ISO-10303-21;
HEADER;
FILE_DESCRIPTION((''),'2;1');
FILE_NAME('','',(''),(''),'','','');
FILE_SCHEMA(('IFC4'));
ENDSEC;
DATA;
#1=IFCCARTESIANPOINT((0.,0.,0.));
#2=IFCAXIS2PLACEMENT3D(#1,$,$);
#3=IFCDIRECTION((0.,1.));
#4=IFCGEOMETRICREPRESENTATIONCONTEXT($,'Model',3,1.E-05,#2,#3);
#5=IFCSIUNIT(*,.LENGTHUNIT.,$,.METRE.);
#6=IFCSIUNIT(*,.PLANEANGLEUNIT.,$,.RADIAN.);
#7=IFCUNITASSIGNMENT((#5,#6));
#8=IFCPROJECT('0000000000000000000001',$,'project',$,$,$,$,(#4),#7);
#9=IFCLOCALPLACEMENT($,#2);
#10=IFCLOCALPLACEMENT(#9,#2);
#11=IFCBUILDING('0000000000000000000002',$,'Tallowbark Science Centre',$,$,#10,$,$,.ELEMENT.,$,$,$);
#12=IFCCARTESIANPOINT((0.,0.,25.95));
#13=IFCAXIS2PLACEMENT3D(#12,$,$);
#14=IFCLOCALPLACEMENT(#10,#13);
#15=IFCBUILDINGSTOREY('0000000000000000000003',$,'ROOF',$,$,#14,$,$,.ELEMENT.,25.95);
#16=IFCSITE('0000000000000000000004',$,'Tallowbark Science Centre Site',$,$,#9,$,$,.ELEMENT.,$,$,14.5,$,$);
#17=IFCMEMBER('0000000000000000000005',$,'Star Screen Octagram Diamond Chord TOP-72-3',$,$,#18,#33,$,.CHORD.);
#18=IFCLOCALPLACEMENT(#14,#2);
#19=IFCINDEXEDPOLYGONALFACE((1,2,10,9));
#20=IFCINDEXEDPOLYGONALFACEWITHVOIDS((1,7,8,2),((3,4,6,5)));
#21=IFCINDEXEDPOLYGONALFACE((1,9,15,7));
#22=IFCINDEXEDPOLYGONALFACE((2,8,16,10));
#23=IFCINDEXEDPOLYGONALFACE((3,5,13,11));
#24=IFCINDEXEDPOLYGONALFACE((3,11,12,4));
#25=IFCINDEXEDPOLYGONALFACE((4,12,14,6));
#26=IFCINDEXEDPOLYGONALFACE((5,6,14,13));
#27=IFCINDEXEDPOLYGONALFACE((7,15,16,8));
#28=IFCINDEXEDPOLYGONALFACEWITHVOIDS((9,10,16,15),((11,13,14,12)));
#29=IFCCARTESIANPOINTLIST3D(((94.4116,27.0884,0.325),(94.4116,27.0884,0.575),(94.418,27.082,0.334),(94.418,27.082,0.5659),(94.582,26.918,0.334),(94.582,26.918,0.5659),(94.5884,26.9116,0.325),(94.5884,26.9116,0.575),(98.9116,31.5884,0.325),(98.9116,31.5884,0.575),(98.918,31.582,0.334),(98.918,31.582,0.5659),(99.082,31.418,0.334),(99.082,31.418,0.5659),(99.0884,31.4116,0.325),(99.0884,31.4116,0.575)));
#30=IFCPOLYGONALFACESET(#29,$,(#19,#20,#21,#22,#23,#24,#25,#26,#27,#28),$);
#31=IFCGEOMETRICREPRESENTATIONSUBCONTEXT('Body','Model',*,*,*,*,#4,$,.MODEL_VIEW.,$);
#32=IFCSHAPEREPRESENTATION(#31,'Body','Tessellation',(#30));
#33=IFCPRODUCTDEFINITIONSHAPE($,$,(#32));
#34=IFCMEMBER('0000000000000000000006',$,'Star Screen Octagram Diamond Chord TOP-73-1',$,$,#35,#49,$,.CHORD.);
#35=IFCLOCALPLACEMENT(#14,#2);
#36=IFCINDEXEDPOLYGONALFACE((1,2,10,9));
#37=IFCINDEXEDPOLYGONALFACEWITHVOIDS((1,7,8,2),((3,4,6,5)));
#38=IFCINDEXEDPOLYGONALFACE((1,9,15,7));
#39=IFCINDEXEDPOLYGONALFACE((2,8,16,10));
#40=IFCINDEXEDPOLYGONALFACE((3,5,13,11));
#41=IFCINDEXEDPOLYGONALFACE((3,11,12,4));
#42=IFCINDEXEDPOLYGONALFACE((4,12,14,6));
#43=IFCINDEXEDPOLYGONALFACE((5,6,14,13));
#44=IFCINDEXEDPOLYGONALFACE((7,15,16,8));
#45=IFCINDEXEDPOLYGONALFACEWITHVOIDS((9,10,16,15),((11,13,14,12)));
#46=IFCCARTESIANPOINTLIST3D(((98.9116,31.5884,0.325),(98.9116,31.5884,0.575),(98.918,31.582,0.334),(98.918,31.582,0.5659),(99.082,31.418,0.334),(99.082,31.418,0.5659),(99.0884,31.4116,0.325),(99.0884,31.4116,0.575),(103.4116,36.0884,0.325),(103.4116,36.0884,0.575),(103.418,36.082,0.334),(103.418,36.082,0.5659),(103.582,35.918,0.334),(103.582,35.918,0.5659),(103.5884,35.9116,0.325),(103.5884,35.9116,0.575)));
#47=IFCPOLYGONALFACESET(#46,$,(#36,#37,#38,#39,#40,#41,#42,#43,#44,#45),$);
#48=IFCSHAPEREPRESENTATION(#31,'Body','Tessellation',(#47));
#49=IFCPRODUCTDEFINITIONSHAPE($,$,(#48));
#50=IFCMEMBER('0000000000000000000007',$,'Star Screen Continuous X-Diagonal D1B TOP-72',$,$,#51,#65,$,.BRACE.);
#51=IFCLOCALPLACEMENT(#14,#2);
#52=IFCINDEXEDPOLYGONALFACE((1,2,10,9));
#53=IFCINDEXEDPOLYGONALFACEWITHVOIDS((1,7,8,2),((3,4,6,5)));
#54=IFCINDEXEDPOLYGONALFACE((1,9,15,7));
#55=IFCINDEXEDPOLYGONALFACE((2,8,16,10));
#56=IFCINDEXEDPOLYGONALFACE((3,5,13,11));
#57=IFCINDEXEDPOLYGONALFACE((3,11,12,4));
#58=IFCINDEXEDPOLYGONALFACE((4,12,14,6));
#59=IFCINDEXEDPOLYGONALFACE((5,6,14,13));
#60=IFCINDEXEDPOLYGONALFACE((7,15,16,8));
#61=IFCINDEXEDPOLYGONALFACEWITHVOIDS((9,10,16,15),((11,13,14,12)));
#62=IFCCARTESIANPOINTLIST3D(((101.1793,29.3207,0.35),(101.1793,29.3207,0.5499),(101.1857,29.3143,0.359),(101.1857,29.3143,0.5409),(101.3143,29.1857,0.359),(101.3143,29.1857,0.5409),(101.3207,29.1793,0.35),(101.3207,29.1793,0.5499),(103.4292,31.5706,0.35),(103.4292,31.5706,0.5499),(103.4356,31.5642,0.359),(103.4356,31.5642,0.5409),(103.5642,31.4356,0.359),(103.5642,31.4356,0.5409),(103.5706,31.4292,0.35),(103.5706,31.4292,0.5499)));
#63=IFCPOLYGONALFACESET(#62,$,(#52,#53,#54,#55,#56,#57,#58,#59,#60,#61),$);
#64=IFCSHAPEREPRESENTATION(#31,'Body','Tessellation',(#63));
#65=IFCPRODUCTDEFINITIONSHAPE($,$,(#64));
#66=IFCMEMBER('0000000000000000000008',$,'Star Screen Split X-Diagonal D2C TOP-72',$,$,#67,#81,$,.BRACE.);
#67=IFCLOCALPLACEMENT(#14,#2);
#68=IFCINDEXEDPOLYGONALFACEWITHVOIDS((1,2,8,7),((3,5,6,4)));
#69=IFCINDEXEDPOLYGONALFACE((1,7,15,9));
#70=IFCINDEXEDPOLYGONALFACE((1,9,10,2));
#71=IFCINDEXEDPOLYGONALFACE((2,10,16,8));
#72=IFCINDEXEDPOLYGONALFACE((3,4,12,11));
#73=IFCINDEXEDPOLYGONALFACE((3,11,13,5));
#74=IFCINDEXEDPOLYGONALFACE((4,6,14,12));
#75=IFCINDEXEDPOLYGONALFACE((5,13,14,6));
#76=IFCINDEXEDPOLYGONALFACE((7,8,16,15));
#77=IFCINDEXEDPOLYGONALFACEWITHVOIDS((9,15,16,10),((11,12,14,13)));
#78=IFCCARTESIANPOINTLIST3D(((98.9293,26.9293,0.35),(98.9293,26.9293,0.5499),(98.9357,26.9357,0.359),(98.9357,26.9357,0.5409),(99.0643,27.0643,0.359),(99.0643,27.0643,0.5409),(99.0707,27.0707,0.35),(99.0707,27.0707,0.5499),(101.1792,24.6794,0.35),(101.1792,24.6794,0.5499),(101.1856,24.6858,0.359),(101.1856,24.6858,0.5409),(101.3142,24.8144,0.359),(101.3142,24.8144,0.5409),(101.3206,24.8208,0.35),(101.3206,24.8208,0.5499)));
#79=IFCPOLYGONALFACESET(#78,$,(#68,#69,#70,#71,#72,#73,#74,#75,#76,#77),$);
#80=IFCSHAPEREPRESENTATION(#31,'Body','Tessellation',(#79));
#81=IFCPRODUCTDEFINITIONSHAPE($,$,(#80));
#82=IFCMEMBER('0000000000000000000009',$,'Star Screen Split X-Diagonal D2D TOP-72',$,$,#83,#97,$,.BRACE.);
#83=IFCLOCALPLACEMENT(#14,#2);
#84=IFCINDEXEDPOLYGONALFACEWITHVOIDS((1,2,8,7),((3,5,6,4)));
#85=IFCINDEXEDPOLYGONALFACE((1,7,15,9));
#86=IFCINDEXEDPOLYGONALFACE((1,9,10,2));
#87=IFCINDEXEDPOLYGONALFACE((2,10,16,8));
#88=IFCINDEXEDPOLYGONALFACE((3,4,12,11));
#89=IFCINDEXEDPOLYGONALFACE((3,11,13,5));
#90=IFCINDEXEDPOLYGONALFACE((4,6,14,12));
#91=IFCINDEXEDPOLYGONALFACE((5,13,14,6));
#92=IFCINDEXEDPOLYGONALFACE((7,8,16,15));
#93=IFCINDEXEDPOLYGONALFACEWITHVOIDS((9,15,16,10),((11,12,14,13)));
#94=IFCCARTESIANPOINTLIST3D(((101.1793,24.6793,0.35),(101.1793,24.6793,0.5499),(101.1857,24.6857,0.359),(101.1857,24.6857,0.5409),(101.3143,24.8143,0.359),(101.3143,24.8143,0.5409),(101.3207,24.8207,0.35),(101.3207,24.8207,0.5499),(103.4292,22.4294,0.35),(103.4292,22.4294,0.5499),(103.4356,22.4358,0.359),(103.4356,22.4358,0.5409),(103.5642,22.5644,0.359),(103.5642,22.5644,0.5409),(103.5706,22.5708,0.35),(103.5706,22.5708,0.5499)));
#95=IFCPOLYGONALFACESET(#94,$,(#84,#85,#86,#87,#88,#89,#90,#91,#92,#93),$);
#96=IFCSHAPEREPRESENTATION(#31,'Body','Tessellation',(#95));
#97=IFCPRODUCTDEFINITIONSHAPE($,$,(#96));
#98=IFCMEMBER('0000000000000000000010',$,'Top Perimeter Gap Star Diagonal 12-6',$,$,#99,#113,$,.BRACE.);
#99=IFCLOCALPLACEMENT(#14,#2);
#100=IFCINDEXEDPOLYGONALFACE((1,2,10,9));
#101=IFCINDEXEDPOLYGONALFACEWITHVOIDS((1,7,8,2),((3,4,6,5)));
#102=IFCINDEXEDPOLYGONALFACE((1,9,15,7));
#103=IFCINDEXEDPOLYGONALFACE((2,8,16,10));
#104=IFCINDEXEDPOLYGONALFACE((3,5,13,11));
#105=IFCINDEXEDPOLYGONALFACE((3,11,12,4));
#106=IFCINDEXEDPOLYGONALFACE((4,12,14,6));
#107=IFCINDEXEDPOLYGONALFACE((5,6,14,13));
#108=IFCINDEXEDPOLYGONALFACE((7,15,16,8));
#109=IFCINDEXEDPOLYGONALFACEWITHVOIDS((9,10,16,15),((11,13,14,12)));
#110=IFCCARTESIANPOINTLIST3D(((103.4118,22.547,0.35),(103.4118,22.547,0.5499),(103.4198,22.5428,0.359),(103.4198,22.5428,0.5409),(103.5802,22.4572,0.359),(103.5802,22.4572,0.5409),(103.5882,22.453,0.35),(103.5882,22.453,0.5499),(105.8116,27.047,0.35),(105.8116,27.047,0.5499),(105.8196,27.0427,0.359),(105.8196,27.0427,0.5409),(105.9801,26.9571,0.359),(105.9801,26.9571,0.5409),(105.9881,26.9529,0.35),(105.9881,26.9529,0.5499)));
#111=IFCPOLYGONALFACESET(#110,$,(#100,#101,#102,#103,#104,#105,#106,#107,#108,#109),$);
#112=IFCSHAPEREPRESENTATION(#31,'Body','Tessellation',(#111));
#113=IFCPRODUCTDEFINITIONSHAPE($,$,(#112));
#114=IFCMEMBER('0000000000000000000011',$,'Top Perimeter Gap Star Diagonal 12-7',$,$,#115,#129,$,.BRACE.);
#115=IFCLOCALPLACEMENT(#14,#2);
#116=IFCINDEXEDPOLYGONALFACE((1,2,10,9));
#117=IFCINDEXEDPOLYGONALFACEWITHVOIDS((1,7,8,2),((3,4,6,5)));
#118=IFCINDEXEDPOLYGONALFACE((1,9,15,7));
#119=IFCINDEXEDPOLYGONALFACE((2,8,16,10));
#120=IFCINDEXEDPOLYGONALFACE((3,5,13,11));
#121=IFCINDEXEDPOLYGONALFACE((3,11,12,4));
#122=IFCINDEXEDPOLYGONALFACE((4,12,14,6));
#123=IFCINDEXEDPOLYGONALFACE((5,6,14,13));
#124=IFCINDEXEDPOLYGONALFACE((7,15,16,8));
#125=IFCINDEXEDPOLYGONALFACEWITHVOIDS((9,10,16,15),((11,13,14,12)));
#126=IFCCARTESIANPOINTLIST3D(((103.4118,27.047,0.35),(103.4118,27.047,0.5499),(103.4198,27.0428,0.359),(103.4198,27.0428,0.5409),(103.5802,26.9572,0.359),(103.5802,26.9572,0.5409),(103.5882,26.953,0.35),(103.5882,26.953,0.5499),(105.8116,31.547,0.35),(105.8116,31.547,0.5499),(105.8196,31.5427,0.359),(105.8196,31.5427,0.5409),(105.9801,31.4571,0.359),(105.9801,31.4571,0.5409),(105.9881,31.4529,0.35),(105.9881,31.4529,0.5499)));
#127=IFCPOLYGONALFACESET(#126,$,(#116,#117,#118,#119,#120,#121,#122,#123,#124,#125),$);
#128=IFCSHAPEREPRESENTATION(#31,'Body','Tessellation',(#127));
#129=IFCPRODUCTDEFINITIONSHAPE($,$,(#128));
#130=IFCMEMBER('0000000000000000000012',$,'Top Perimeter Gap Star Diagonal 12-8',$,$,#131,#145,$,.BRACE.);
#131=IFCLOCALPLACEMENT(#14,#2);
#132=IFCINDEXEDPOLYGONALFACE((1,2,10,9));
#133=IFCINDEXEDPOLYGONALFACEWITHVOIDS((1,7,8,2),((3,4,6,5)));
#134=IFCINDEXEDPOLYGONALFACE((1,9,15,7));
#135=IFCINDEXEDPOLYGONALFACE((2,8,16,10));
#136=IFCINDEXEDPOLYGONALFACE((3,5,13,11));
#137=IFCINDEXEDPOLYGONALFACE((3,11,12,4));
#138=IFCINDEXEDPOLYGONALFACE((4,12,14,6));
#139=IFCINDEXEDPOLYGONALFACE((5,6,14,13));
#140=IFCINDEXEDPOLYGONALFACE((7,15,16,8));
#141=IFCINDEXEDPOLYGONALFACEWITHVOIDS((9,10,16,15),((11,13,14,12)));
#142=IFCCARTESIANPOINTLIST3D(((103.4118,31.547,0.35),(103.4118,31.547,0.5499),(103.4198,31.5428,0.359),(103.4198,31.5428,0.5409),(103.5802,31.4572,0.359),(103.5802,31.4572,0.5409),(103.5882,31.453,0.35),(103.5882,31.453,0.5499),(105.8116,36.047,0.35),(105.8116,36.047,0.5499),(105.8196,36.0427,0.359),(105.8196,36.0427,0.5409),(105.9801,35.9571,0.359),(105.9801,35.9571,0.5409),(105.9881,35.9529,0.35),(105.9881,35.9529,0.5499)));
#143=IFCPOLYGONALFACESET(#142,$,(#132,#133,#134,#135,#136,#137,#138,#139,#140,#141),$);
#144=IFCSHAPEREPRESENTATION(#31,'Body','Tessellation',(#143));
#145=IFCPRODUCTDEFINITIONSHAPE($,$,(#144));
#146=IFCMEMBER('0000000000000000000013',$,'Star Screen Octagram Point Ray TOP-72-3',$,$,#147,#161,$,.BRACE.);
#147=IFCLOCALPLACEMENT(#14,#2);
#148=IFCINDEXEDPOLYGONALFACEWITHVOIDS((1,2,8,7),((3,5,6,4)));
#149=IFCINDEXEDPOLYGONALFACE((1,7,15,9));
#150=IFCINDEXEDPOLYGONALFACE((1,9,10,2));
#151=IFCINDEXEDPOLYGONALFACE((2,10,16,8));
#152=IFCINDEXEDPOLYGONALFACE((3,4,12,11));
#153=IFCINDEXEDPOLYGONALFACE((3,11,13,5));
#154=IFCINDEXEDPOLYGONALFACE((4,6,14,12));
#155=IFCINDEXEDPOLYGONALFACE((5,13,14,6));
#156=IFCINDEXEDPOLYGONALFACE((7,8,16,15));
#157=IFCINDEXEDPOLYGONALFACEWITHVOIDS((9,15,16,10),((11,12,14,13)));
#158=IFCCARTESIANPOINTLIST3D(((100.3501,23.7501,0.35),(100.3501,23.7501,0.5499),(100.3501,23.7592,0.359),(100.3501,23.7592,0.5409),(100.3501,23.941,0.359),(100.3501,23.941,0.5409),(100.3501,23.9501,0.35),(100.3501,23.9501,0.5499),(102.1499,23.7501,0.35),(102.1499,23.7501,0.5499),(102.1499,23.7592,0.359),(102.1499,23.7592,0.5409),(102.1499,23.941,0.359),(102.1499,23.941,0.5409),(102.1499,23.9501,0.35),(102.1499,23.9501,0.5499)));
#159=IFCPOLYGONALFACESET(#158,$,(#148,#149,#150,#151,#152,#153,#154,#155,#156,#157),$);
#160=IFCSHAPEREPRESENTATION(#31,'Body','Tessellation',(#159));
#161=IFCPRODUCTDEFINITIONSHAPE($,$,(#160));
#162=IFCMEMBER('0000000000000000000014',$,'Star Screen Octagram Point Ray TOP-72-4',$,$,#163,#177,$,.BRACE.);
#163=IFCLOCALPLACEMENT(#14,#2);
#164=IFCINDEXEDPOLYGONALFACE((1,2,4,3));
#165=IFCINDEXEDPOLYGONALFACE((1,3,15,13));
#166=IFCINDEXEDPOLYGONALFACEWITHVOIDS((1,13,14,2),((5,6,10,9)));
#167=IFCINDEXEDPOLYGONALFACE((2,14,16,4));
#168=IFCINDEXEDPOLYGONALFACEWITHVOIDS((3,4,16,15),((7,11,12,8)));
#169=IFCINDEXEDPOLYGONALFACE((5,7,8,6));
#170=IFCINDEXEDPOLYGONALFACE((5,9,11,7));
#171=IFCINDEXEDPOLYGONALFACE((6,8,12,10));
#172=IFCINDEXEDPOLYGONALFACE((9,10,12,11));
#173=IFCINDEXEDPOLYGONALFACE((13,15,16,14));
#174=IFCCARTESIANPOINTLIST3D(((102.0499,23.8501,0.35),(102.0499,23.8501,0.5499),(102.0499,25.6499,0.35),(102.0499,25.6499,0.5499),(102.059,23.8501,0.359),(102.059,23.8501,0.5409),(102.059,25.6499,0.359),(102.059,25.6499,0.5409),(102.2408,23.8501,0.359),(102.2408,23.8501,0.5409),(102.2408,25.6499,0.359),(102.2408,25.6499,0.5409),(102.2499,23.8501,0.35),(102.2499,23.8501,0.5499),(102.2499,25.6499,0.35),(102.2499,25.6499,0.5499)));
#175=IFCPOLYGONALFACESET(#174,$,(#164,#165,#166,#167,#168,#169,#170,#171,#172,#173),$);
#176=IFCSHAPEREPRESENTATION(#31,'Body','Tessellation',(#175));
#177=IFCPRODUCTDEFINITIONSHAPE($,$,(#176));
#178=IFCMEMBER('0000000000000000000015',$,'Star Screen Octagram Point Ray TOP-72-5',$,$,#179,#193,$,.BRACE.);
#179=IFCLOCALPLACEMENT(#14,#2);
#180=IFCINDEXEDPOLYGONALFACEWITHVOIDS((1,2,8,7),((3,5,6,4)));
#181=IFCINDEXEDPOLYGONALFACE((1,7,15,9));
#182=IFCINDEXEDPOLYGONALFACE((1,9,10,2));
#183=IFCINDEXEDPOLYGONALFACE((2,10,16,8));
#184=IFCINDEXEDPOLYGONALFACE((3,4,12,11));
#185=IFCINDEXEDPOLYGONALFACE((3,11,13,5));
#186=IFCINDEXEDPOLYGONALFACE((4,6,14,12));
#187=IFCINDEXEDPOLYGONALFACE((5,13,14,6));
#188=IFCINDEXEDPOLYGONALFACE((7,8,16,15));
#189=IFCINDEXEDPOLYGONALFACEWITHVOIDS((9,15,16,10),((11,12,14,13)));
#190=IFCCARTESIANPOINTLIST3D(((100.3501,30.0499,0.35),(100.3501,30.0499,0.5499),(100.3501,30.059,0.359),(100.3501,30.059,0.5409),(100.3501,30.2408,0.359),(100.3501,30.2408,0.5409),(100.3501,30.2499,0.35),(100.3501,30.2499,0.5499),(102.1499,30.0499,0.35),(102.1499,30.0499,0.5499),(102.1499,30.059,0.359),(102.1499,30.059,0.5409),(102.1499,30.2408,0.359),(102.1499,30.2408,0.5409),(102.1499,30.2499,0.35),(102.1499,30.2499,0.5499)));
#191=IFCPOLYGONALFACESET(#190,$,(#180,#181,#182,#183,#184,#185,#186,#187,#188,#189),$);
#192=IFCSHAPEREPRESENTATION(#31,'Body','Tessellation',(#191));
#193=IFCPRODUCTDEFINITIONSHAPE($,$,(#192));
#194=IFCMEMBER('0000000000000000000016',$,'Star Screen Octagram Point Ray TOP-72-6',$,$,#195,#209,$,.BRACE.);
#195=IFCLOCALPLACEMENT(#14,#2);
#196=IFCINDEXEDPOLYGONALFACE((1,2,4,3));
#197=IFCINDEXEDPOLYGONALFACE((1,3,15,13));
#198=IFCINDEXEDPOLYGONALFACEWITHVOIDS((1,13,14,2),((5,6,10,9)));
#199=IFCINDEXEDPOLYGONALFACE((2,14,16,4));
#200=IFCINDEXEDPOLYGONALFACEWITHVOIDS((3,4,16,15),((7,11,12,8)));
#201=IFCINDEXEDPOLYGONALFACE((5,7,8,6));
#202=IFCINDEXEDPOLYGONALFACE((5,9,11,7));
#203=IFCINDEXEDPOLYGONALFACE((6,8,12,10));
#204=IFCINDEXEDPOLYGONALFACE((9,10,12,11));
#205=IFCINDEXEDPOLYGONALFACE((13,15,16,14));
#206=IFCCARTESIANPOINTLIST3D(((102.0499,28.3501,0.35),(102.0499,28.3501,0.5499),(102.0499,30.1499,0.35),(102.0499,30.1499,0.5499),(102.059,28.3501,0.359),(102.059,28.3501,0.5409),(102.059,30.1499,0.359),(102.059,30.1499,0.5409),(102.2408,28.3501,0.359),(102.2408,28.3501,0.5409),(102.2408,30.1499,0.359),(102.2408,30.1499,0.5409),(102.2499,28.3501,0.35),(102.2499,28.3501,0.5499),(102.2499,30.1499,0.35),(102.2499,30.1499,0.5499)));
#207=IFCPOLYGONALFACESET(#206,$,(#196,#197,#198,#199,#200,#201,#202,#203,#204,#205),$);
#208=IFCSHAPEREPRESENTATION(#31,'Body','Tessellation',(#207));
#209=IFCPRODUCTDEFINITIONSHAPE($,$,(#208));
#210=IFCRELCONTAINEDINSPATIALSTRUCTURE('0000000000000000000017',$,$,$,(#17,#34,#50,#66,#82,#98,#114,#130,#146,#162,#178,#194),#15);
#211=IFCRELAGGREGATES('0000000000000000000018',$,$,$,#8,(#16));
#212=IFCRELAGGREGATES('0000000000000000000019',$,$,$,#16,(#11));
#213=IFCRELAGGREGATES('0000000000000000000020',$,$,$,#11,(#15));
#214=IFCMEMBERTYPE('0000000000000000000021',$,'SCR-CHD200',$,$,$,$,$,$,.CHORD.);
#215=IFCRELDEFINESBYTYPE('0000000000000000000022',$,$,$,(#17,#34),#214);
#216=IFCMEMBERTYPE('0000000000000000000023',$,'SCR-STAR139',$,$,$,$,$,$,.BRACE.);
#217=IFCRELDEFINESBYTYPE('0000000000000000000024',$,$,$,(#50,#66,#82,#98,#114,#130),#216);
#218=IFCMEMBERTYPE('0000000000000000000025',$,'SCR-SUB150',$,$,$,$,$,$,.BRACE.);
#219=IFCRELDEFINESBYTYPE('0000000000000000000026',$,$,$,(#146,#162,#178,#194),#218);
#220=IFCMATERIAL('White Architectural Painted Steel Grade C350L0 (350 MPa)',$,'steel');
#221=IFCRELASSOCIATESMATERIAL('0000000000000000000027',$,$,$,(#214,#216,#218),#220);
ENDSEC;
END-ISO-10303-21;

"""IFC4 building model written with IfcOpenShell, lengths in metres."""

from ifc_helpers import new_model, si_unit, direction, frame, origin, origin_2d, place, context, subcontext, project, spatial, hollow_rectangle, extrude, material, material_profile, profile_set, type_object, element, save


model = new_model("IFC4")

# Units and contexts
model_context = context("Model", 3, precision=1e-05, world=origin(), true_north=direction((0.0, 1.0)))
body_context = subcontext(model_context, "Body", "Model", "MODEL_VIEW")
ifc_project = project(units=[si_unit("LENGTHUNIT", "METRE"), si_unit("PLANEANGLEUNIT", "RADIAN")], contexts=[model_context])

# Site, building, storey
site_placement = place(None, origin())
site = spatial("IfcSite", under=ifc_project, at=site_placement, Name="Tallowbark Science Centre Site", CompositionType="ELEMENT", RefElevation=14.5)
building_placement = place(site_placement, origin())
building = spatial("IfcBuilding", under=site, at=building_placement, Name="Tallowbark Science Centre", CompositionType="ELEMENT")
storey_placement = place(building_placement, frame((0.0, 0.0, 25.95)))
storey = spatial("IfcBuildingStorey", under=building, at=storey_placement, Name="ROOF", CompositionType="ELEMENT", Elevation=25.95)

# Shared definitions
ifc_material_1 = material(Name="White Architectural Painted Steel Grade C350L0 (350 MPa)", Category="steel")

# Members
ifc_material_profile_1 = material_profile(ifc_material_1, hollow_rectangle(XDim=0.25, YDim=0.25, WallThickness=0.009, at=origin_2d()), Name="250x250x9.0SHS")
ifc_profile_set_1 = profile_set([ifc_material_profile_1], Name="White Architectural Painted Steel Grade C350L0 (350 MPa)")
member_type_1 = type_object("IfcMemberType", Name="SCR-CHD200", PredefinedType="CHORD", material=ifc_profile_set_1)
for number, where, z_axis, x_axis, name in (
    (1, (99.0, 31.5, 0.45), (-0.707107, -0.707107, 0.0), (0.707107, -0.707107, 0.0), "Star Screen Octagram Diamond Chord TOP-72-3"),
    (2, (99.0, 31.5, 0.45), (0.707107, 0.707107, 0.0), (-0.707107, 0.707107, 0.0), "Star Screen Octagram Diamond Chord TOP-73-1"),
):
    element("IfcMember", number, at=place(storey_placement, frame(where, z_axis=z_axis, x_axis=x_axis)), inside=storey, type_object=member_type_1, Name=name, PredefinedType="CHORD", context=body_context, shape_type="SweptSolid", body=[
        extrude(hollow_rectangle(XDim=0.25, YDim=0.25, WallThickness=0.009, at=origin_2d()), origin(), (0.0, 0.0, 1.0), 6.364),
    ])
ifc_material_profile_2 = material_profile(ifc_material_1, hollow_rectangle(XDim=0.2, YDim=0.2, WallThickness=0.009, at=origin_2d()), Name="200x200x9.0SHS")
ifc_profile_set_2 = profile_set([ifc_material_profile_2], Name="White Architectural Painted Steel Grade C350L0 (350 MPa)")
member_type_2 = type_object("IfcMemberType", Name="SCR-STAR139", PredefinedType="BRACE", material=ifc_profile_set_2)
for number, where, z_axis, x_axis, name in (
    (3, (101.25, 29.25, 0.45), (0.707107, 0.707107, 0.0), (-0.707107, 0.707107, 0.0), "Star Screen Continuous X-Diagonal D1B TOP-72"),
    (4, (99.0, 27.0, 0.45), (0.707107, -0.707107, 0.0), (0.707107, 0.707107, 0.0), "Star Screen Split X-Diagonal D2C TOP-72"),
    (5, (101.25, 24.75, 0.45), (0.707107, -0.707107, 0.0), (0.707107, 0.707107, 0.0), "Star Screen Split X-Diagonal D2D TOP-72"),
):
    element("IfcMember", number, at=place(storey_placement, frame(where, z_axis=z_axis, x_axis=x_axis)), inside=storey, type_object=member_type_2, Name=name, PredefinedType="BRACE", context=body_context, shape_type="SweptSolid", body=[
        extrude(hollow_rectangle(XDim=0.2, YDim=0.2, WallThickness=0.009, at=origin_2d()), origin(), (0.0, 0.0, 1.0), 3.1819),
    ])
for number, where, z_axis, x_axis, name in (
    (6, (103.5, 22.5, 0.45), (0.470573, 0.882361, 0.0), (-0.882361, 0.470573, 0.0), "Top Perimeter Gap Star Diagonal 12-6"),
    (7, (103.5, 27.0, 0.45), (0.470573, 0.882361, 0.0), (-0.882361, 0.470573, 0.0), "Top Perimeter Gap Star Diagonal 12-7"),
    (8, (103.5, 31.5, 0.45), (0.470573, 0.882361, 0.0), (-0.882361, 0.470573, 0.0), "Top Perimeter Gap Star Diagonal 12-8"),
):
    element("IfcMember", number, at=place(storey_placement, frame(where, z_axis=z_axis, x_axis=x_axis)), inside=storey, type_object=member_type_2, Name=name, PredefinedType="BRACE", context=body_context, shape_type="SweptSolid", body=[
        extrude(hollow_rectangle(XDim=0.2, YDim=0.2, WallThickness=0.009, at=origin_2d()), origin(), (0.0, 0.0, 1.0), 5.0999),
    ])
ifc_material_profile_3 = material_profile(ifc_material_1, hollow_rectangle(XDim=0.2, YDim=0.2, WallThickness=0.009, at=origin_2d()), Name="200x200x9.0SHS")
ifc_profile_set_3 = profile_set([ifc_material_profile_3], Name="White Architectural Painted Steel Grade C350L0 (350 MPa)")
member_type_3 = type_object("IfcMemberType", Name="SCR-SUB150", PredefinedType="BRACE", material=ifc_profile_set_3)
for number, where, z_axis, x_axis, name in (
    (9, (102.1499, 23.8501, 0.45), (-1.0, 0.0, 0.0), (0.0, -1.0, 0.0), "Star Screen Octagram Point Ray TOP-72-3"),
    (10, (102.1499, 23.8501, 0.45), (0.0, 1.0, 0.0), (-1.0, 0.0, 0.0), "Star Screen Octagram Point Ray TOP-72-4"),
    (11, (102.1499, 30.1499, 0.45), (-1.0, 0.0, 0.0), (0.0, -1.0, 0.0), "Star Screen Octagram Point Ray TOP-72-5"),
    (12, (102.1499, 30.1499, 0.45), (0.0, -1.0, 0.0), (1.0, 0.0, 0.0), "Star Screen Octagram Point Ray TOP-72-6"),
):
    element("IfcMember", number, at=place(storey_placement, frame(where, z_axis=z_axis, x_axis=x_axis)), inside=storey, type_object=member_type_3, Name=name, PredefinedType="BRACE", context=body_context, shape_type="SweptSolid", body=[
        extrude(hollow_rectangle(XDim=0.2, YDim=0.2, WallThickness=0.009, at=origin_2d()), origin(), (0.0, 0.0, 1.0), 1.7998),
    ])

save(model, "model.ifc")
